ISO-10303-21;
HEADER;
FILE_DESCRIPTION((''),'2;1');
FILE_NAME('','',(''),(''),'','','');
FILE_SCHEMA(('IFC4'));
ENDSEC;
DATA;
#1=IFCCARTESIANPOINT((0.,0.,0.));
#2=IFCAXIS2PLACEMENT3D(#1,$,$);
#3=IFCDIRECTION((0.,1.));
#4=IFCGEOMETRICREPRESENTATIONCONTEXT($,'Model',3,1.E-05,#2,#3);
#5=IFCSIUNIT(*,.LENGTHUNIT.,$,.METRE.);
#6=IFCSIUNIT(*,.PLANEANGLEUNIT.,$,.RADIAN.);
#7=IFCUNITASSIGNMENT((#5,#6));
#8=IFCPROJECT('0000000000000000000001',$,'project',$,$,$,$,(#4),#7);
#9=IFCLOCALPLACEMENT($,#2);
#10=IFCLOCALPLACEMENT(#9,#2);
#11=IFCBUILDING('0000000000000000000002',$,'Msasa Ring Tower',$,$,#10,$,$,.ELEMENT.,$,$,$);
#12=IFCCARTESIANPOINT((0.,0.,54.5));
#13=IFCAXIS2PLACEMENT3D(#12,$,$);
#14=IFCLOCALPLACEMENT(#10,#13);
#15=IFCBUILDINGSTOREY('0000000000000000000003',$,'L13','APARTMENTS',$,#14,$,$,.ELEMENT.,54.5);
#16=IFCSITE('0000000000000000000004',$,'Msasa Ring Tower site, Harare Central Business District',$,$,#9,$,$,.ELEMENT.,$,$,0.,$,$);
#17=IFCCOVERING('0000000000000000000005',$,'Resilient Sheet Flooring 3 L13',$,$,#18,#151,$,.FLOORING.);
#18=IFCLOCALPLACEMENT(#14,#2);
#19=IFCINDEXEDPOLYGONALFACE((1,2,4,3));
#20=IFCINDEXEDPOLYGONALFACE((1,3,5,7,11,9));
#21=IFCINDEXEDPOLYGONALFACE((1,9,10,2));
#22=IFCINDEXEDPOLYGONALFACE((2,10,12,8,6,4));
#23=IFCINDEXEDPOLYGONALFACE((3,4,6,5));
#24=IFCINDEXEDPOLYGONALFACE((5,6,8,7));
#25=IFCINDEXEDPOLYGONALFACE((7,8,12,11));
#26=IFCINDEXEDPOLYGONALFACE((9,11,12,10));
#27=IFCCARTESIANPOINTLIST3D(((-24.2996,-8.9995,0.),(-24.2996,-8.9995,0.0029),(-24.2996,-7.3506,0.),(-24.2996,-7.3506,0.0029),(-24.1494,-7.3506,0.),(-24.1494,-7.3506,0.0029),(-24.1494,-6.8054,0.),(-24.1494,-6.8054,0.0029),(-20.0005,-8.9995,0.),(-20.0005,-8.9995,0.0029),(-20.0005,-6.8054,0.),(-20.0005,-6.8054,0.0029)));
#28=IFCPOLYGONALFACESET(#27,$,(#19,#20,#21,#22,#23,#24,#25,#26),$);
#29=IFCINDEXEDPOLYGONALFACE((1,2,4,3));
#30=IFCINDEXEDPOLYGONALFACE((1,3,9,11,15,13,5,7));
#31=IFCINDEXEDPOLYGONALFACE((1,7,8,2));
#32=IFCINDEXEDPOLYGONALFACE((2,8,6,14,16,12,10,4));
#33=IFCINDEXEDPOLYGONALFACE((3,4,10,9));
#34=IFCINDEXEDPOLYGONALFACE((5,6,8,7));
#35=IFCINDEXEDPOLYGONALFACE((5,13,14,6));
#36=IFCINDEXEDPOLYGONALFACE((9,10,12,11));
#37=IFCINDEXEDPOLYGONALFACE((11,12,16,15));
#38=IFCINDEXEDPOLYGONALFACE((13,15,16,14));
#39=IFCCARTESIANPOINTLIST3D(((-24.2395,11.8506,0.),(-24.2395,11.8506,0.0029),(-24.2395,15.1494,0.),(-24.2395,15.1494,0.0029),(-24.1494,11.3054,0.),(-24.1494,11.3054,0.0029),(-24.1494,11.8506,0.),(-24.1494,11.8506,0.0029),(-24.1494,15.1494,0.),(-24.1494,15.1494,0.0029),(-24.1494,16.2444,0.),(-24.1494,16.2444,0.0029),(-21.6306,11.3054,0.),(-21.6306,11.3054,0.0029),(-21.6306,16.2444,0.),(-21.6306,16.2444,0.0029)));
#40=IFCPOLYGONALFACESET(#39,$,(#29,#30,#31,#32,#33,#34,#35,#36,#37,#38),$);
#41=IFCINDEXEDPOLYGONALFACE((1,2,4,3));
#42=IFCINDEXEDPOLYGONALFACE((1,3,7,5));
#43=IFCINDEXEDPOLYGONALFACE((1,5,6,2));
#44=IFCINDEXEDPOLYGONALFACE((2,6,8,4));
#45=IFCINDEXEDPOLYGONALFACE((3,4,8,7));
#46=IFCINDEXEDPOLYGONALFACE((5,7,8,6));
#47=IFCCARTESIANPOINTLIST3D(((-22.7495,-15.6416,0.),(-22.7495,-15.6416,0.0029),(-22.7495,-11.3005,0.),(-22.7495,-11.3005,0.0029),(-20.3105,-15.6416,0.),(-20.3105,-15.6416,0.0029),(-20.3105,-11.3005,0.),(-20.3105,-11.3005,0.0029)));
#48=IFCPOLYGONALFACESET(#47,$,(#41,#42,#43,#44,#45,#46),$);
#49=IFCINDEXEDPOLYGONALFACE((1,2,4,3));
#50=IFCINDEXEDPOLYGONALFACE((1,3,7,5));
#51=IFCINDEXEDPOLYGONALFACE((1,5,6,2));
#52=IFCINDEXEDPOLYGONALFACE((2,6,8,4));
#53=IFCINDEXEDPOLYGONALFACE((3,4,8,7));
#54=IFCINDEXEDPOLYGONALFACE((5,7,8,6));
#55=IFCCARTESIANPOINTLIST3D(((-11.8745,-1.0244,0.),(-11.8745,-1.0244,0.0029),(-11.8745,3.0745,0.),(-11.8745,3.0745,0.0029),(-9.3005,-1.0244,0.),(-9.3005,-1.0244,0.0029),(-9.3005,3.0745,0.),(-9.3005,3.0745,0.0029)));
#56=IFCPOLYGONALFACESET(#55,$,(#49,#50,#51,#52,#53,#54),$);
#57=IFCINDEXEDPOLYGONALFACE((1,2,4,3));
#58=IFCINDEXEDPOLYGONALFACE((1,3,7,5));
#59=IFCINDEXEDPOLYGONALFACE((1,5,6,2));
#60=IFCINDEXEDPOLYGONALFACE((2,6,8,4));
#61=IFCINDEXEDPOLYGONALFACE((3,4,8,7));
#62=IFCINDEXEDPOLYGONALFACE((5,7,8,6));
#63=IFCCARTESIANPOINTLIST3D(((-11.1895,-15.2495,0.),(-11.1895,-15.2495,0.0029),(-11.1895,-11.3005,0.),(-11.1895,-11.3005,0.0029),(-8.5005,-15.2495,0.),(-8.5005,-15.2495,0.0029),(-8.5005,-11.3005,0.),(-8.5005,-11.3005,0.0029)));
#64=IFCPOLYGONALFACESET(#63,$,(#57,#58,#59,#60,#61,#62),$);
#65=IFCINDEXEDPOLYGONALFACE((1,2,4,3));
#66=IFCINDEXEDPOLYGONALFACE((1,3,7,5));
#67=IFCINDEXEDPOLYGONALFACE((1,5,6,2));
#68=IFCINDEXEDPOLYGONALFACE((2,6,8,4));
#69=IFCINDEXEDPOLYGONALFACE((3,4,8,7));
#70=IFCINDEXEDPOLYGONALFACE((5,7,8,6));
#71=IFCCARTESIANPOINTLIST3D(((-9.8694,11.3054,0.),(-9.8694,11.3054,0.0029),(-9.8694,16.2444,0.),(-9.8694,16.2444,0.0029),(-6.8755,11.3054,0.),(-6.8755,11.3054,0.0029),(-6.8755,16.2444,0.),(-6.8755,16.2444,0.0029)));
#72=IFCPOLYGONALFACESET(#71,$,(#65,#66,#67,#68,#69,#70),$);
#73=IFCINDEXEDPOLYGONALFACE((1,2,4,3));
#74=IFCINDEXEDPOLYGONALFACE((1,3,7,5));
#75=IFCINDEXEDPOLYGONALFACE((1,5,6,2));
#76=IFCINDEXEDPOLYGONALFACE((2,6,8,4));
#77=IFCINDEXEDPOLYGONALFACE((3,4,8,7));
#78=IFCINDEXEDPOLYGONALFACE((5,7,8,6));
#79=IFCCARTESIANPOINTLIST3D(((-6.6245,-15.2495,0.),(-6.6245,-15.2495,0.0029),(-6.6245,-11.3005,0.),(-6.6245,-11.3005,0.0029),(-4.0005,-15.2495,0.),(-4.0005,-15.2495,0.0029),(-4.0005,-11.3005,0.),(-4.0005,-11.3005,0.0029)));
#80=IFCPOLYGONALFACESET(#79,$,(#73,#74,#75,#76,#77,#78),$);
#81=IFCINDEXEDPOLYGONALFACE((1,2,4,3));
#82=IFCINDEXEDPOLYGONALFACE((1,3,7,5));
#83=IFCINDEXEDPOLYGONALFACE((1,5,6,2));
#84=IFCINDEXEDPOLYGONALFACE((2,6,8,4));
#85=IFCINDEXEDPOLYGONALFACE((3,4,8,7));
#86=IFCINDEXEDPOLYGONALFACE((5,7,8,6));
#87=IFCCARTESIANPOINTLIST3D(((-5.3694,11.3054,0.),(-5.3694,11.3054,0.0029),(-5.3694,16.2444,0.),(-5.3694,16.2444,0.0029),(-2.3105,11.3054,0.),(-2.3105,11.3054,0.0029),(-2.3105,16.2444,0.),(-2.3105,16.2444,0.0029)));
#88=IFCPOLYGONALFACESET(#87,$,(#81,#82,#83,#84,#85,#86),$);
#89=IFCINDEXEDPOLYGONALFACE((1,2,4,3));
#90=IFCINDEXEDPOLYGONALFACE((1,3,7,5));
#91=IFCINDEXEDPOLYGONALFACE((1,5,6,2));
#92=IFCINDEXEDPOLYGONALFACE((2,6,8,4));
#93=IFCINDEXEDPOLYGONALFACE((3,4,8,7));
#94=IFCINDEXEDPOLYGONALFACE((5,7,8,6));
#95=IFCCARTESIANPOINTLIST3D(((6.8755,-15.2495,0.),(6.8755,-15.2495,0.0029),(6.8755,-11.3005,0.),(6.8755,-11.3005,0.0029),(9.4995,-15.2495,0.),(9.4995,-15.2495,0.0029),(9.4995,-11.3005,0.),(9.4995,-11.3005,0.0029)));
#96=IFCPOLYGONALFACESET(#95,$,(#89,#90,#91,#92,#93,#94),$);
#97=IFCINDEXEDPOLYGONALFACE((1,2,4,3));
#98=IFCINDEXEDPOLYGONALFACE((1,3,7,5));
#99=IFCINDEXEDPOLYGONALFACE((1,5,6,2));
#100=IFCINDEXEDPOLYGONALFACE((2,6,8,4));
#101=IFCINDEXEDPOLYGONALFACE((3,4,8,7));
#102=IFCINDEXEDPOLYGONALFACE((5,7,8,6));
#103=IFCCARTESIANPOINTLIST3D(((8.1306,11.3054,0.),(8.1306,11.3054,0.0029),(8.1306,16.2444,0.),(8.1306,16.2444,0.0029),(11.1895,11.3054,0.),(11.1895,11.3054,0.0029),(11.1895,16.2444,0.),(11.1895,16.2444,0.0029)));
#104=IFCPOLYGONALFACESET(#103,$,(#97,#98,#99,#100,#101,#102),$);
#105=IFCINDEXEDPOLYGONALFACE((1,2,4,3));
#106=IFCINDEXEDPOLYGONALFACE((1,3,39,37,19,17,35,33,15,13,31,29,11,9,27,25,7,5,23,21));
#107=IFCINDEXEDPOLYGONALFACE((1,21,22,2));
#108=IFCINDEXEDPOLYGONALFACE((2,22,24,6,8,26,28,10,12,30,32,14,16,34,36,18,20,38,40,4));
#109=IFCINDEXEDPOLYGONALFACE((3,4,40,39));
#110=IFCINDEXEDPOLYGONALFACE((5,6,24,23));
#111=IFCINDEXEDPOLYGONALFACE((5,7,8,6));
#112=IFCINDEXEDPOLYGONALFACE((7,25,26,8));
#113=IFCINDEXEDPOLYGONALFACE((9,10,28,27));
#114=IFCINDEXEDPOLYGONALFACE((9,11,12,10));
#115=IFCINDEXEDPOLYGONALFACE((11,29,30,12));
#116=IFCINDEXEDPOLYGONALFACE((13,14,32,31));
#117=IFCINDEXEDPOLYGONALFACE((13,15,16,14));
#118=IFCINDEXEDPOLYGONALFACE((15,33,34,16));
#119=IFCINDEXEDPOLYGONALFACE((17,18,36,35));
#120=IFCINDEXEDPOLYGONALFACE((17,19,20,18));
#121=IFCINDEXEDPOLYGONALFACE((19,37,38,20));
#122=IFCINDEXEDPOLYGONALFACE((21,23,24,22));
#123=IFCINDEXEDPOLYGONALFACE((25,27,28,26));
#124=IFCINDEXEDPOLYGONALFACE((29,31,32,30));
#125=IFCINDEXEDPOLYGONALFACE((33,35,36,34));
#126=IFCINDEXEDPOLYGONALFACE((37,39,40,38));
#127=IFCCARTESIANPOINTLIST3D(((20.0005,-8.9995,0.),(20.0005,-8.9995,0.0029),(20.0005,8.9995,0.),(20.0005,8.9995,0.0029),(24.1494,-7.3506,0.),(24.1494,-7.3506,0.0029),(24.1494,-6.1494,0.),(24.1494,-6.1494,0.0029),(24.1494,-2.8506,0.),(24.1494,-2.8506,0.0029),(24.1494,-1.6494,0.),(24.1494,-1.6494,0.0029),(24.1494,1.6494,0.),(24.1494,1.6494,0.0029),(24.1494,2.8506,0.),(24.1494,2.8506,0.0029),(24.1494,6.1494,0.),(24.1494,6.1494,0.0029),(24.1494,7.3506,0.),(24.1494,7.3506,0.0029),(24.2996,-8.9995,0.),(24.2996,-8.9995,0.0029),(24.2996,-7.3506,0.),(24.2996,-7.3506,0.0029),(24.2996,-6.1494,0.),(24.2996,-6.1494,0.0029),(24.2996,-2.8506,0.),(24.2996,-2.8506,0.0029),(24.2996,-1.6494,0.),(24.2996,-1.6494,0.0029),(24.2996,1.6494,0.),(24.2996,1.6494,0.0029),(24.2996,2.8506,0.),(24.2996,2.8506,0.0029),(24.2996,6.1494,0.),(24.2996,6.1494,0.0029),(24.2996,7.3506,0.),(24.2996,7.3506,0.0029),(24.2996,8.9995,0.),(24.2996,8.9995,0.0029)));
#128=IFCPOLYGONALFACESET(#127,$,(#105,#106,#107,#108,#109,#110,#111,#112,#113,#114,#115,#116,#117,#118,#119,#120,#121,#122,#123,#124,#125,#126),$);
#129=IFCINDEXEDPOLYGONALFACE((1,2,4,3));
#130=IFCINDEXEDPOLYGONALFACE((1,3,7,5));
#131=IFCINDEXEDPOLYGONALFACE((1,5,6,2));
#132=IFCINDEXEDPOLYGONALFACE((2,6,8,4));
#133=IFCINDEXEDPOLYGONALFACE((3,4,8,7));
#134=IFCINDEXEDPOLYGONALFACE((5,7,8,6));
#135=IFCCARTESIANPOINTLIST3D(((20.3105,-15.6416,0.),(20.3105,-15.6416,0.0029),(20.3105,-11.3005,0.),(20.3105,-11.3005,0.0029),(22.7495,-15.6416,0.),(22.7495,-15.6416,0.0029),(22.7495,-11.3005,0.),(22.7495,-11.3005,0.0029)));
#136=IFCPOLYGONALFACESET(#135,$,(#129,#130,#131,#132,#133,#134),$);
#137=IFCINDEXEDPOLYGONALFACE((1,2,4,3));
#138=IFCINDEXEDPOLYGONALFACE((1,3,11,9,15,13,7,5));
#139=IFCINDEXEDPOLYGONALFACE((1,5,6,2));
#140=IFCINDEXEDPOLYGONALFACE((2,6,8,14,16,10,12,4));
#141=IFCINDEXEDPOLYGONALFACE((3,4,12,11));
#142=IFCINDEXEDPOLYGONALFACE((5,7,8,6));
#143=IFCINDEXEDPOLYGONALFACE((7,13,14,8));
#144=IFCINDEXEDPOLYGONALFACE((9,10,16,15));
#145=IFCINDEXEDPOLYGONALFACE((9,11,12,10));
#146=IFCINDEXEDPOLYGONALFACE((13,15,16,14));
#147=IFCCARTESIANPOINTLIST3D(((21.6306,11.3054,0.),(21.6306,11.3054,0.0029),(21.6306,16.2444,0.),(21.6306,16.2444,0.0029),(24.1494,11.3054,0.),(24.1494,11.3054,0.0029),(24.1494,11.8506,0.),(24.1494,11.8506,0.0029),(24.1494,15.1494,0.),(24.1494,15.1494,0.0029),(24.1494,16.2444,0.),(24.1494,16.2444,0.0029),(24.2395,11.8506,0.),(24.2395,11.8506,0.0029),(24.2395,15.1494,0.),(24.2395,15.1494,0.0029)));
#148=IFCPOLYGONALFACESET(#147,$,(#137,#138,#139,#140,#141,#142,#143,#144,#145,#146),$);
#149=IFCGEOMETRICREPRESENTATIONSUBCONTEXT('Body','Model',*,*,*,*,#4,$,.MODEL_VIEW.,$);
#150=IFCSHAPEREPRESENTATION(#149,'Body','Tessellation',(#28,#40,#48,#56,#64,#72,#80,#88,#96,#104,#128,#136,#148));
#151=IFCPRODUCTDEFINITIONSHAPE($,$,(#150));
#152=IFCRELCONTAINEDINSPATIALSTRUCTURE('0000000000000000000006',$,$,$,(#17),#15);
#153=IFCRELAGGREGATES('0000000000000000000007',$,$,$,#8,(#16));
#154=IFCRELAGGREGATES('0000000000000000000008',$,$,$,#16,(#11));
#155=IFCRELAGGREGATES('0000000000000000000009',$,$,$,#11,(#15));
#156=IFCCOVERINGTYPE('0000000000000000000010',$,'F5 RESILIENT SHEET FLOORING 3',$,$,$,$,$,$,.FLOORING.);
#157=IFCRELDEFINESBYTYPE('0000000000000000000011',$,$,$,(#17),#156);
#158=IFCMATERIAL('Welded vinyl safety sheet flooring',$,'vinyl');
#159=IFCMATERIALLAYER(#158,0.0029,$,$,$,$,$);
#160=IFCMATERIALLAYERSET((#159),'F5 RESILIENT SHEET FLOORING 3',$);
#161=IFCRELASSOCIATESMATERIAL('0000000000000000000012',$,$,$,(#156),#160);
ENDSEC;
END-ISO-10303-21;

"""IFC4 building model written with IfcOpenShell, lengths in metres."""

from ifc_helpers import new_model, si_unit, direction, frame, origin, place, context, subcontext, project, spatial, line, indexed_curve, outline, extrude, material, layer, layer_set, type_object, element, save


model = new_model("IFC4")

# Units and contexts
model_context = context("Model", 3, precision=1e-05, world=origin(), true_north=direction((0.0, 1.0)))
body_context = subcontext(model_context, "Body", "Model", "MODEL_VIEW")
ifc_project = project(units=[si_unit("LENGTHUNIT", "METRE"), si_unit("PLANEANGLEUNIT", "RADIAN")], contexts=[model_context])

# Site, building, storey
site_placement = place(None, origin())
site = spatial("IfcSite", under=ifc_project, at=site_placement, Name="Msasa Ring Tower site, Harare Central Business District", CompositionType="ELEMENT", RefElevation=0.0)
building_placement = place(site_placement, origin())
building = spatial("IfcBuilding", under=site, at=building_placement, Name="Msasa Ring Tower", CompositionType="ELEMENT")
storey_placement = place(building_placement, frame((0.0, 0.0, 54.5)))
storey = spatial("IfcBuildingStorey", under=building, at=storey_placement, Name="L13", Description="APARTMENTS", CompositionType="ELEMENT", Elevation=54.5)

# Covering
ifc_material_1 = material(Name="Welded vinyl safety sheet flooring", Category="vinyl")
ifc_layer_1 = layer(ifc_material_1, 0.0029)
ifc_layer_set_1 = layer_set([ifc_layer_1], Name="F5 RESILIENT SHEET FLOORING 3")
covering_type_1 = type_object("IfcCoveringType", Name="F5 RESILIENT SHEET FLOORING 3", PredefinedType="FLOORING", material=ifc_layer_set_1)
covering_1_placement = place(storey_placement, origin())
element("IfcCovering", 1, at=covering_1_placement, inside=storey, type_object=covering_type_1, Name="Resilient Sheet Flooring 3 L13", PredefinedType="FLOORING", context=body_context, shape_type="SweptSolid", body=[
    extrude(outline(indexed_curve([(-20.0005, -8.9995), (-24.2996, -8.9995), (-24.2996, -7.3506), (-24.1494, -7.3506), (-24.1494, -6.8054), (-20.0005, -6.8054)], segments=[line(1, 2, 3, 4, 5, 6, 1)], self_intersect=False)), origin(), (0.0, 0.0, 1.0), 0.0029),
    extrude(outline(indexed_curve([(-21.6306, 16.2444), (-21.6306, 11.3054), (-24.1494, 11.3054), (-24.1494, 11.8506), (-24.2395, 11.8506), (-24.2395, 15.1494), (-24.1494, 15.1494), (-24.1494, 16.2444)], segments=[line(1, 2, 3, 4, 5, 6, 7, 8, 1)], self_intersect=False)), origin(), (0.0, 0.0, 1.0), 0.0029),
    extrude(outline(indexed_curve([(-22.7495, -11.3005), (-20.3105, -11.3005), (-20.3105, -15.6416), (-22.7495, -15.6416)], segments=[line(1, 2, 3, 4, 1)], self_intersect=False)), origin(), (0.0, 0.0, 1.0), 0.0029),
    extrude(outline(indexed_curve([(-9.3005, 3.0745), (-9.3005, -1.0244), (-11.8745, -1.0244), (-11.8745, 3.0745)], segments=[line(1, 2, 3, 4, 1)], self_intersect=False)), origin(), (0.0, 0.0, 1.0), 0.0029),
    extrude(outline(indexed_curve([(-8.5005, -11.3005), (-8.5005, -15.2495), (-11.1895, -15.2495), (-11.1895, -11.3005)], segments=[line(1, 2, 3, 4, 1)], self_intersect=False)), origin(), (0.0, 0.0, 1.0), 0.0029),
    extrude(outline(indexed_curve([(-9.8694, 16.2444), (-6.8755, 16.2444), (-6.8755, 11.3054), (-9.8694, 11.3054)], segments=[line(1, 2, 3, 4, 1)], self_intersect=False)), origin(), (0.0, 0.0, 1.0), 0.0029),
    extrude(outline(indexed_curve([(-4.0005, -11.3005), (-4.0005, -15.2495), (-6.6245, -15.2495), (-6.6245, -11.3005)], segments=[line(1, 2, 3, 4, 1)], self_intersect=False)), origin(), (0.0, 0.0, 1.0), 0.0029),
    extrude(outline(indexed_curve([(-2.3105, 16.2444), (-2.3105, 11.3054), (-5.3694, 11.3054), (-5.3694, 16.2444)], segments=[line(1, 2, 3, 4, 1)], self_intersect=False)), origin(), (0.0, 0.0, 1.0), 0.0029),
    extrude(outline(indexed_curve([(9.4995, -11.3005), (9.4995, -15.2495), (6.8755, -15.2495), (6.8755, -11.3005)], segments=[line(1, 2, 3, 4, 1)], self_intersect=False)), origin(), (0.0, 0.0, 1.0), 0.0029),
    extrude(outline(indexed_curve([(11.1895, 16.2444), (11.1895, 11.3054), (8.1306, 11.3054), (8.1306, 16.2444)], segments=[line(1, 2, 3, 4, 1)], self_intersect=False)), origin(), (0.0, 0.0, 1.0), 0.0029),
    extrude(outline(indexed_curve([(20.0005, 8.9995), (24.2996, 8.9995), (24.2996, 7.3506), (24.1494, 7.3506), (24.1494, 6.1494), (24.2996, 6.1494), (24.2996, 2.8506), (24.1494, 2.8506), (24.1494, 1.6494), (24.2996, 1.6494), (24.2996, -1.6494), (24.1494, -1.6494), (24.1494, -2.8506), (24.2996, -2.8506), (24.2996, -6.1494), (24.1494, -6.1494), (24.1494, -7.3506), (24.2996, -7.3506), (24.2996, -8.9995), (20.0005, -8.9995)], segments=[line(1, 2, 3, 4, 5, 6, 7, 8, 9, 10, 11, 12, 13, 14, 15, 16, 17, 18, 19, 20, 1)], self_intersect=False)), origin(), (0.0, 0.0, 1.0), 0.0029),
    extrude(outline(indexed_curve([(22.7495, -11.3005), (22.7495, -15.6416), (20.3105, -15.6416), (20.3105, -11.3005)], segments=[line(1, 2, 3, 4, 1)], self_intersect=False)), origin(), (0.0, 0.0, 1.0), 0.0029),
    extrude(outline(indexed_curve([(24.1494, 16.2444), (24.1494, 15.1494), (24.2395, 15.1494), (24.2395, 11.8506), (24.1494, 11.8506), (24.1494, 11.3054), (21.6306, 11.3054), (21.6306, 16.2444)], segments=[line(1, 2, 3, 4, 5, 6, 7, 8, 1)], self_intersect=False)), origin(), (0.0, 0.0, 1.0), 0.0029),
])

save(model, "model.ifc")
